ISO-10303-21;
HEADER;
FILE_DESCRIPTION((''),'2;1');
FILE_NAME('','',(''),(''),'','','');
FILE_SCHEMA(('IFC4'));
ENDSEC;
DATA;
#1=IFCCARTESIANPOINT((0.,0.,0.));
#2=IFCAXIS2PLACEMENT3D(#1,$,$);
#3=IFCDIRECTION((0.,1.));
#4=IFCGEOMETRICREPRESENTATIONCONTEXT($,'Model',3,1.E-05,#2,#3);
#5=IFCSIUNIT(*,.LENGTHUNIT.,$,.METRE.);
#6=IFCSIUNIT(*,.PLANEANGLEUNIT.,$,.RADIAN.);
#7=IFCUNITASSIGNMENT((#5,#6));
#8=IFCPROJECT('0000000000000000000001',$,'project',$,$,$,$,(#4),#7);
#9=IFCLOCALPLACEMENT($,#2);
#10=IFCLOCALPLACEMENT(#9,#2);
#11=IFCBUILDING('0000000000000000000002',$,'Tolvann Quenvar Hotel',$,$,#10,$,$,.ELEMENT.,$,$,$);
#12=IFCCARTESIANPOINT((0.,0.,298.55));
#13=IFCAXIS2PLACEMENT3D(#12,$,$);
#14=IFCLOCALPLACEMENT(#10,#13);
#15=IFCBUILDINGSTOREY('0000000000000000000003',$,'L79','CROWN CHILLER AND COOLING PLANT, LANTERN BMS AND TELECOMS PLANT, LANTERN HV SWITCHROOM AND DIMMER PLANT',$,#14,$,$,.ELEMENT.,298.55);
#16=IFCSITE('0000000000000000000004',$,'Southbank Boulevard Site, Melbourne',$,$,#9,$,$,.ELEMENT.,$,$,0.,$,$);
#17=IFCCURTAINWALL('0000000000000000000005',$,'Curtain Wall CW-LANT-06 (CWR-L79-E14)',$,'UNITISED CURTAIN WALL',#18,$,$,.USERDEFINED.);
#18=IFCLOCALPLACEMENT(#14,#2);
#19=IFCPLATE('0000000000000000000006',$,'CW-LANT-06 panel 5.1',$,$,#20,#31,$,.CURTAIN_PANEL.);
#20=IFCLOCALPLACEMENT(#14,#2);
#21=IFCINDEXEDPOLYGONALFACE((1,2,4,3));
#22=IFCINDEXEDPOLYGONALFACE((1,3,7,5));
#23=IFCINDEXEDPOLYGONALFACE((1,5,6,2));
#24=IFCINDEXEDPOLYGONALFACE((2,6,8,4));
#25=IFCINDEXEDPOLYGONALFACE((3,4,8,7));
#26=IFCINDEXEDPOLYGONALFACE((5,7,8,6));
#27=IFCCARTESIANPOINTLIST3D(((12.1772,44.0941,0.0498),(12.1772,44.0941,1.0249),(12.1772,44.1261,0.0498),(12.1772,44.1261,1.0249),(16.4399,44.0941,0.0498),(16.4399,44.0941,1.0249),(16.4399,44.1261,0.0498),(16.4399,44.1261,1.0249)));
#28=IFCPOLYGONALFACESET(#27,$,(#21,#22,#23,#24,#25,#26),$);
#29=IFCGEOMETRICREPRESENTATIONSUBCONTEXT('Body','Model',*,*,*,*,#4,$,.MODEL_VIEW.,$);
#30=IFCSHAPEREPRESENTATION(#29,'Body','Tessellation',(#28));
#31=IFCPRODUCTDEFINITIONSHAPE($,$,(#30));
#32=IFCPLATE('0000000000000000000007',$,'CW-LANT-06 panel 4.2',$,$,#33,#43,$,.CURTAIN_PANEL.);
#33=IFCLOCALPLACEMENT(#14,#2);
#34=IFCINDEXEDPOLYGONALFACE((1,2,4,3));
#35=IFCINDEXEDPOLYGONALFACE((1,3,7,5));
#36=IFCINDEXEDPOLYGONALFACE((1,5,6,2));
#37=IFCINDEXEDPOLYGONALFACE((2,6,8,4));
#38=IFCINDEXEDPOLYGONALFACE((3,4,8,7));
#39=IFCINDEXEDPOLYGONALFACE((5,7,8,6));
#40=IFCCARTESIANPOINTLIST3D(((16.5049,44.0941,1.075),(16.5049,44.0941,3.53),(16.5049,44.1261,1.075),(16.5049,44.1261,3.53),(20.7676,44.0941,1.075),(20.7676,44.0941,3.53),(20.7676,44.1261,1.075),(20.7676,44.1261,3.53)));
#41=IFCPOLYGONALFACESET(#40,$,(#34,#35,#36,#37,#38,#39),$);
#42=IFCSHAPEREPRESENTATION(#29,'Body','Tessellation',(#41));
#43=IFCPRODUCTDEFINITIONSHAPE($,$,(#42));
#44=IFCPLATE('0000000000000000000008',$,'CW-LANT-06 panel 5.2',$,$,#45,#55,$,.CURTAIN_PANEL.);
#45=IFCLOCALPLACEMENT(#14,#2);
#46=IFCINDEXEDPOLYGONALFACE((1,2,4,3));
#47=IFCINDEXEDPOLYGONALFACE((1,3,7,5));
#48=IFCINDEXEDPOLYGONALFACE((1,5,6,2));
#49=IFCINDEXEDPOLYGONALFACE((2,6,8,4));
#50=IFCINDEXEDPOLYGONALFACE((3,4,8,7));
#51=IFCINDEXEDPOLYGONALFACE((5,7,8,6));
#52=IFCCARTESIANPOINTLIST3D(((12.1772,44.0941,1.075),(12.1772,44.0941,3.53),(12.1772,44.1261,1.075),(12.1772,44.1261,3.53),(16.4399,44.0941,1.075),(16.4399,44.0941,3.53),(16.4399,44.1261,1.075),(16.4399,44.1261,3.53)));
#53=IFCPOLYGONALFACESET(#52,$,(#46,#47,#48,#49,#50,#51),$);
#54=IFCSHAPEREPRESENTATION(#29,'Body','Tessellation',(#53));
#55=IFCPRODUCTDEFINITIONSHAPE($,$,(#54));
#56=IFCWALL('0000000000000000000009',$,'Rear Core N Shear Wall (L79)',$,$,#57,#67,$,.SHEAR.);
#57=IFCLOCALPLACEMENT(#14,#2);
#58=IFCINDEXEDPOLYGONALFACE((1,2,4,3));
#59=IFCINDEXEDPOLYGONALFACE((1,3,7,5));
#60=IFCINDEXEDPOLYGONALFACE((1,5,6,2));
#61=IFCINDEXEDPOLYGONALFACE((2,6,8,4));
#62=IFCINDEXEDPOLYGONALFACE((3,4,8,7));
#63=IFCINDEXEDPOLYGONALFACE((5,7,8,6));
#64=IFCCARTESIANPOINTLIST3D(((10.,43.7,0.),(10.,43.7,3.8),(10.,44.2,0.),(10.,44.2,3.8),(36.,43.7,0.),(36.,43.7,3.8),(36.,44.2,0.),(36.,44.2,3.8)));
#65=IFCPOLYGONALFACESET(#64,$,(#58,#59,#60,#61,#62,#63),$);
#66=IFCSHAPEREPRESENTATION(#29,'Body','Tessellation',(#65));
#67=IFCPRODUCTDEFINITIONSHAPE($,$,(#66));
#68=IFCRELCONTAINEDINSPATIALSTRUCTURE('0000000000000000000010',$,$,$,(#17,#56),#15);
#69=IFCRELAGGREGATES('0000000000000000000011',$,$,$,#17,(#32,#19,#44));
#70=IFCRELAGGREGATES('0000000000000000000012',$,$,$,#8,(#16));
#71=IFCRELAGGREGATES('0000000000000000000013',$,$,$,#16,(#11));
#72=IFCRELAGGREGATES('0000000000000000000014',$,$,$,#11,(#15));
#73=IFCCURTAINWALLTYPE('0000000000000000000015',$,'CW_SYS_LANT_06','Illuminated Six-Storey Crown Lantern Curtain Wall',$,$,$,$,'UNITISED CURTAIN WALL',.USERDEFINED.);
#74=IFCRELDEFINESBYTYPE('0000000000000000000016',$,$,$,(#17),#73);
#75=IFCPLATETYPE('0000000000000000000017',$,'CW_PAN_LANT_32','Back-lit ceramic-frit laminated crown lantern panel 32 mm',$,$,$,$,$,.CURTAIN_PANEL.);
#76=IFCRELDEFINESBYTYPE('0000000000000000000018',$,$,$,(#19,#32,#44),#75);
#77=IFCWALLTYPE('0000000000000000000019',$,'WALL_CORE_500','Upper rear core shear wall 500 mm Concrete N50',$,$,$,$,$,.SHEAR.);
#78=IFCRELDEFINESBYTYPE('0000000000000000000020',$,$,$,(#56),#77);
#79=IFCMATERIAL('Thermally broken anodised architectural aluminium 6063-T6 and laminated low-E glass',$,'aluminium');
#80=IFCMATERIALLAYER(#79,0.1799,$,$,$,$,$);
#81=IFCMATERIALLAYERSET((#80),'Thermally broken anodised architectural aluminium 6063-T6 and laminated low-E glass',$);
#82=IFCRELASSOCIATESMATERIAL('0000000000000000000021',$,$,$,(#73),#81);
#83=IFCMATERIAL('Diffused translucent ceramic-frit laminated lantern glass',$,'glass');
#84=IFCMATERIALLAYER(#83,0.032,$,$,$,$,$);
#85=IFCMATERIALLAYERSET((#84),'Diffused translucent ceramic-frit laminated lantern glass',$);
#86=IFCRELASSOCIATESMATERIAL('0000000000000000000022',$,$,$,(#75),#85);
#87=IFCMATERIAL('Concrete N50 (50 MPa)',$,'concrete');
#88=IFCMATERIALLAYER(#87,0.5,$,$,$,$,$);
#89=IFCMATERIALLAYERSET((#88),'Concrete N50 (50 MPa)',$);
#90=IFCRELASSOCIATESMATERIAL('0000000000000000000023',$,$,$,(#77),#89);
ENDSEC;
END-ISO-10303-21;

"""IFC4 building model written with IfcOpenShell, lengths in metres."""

from ifc_helpers import new_model, si_unit, direction, frame, frame_2d, origin, origin_2d, place, context, subcontext, project, spatial, rectangle, extrude, source, transform, mapped, material, layer, layer_set, type_object, element, aggregate, save


model = new_model("IFC4")

# Units and contexts
model_context = context("Model", 3, precision=1e-05, world=origin(), true_north=direction((0.0, 1.0)))
body_context = subcontext(model_context, "Body", "Model", "MODEL_VIEW")
ifc_project = project(units=[si_unit("LENGTHUNIT", "METRE"), si_unit("PLANEANGLEUNIT", "RADIAN")], contexts=[model_context])

# Site, building, storey
site_placement = place(None, origin())
site = spatial("IfcSite", under=ifc_project, at=site_placement, Name="Southbank Boulevard Site, Melbourne", CompositionType="ELEMENT", RefElevation=0.0)
building_placement = place(site_placement, origin())
building = spatial("IfcBuilding", under=site, at=building_placement, Name="Tolvann Quenvar Hotel", CompositionType="ELEMENT")
storey_placement = place(building_placement, frame((0.0, 0.0, 298.55)))
storey = spatial("IfcBuildingStorey", under=building, at=storey_placement, Name="L79", Description="CROWN CHILLER AND COOLING PLANT, LANTERN BMS AND TELECOMS PLANT, LANTERN HV SWITCHROOM AND DIMMER PLANT", CompositionType="ELEMENT", Elevation=298.55)

# Curtain wall
ifc_material_1 = material(Name="Thermally broken anodised architectural aluminium 6063-T6 and laminated low-E glass", Category="aluminium")
ifc_layer_1 = layer(ifc_material_1, 0.1799)
ifc_layer_set_1 = layer_set([ifc_layer_1], Name="Thermally broken anodised architectural aluminium 6063-T6 and laminated low-E glass")
curtain_wall_type = type_object("IfcCurtainWallType", Name="CW_SYS_LANT_06", Description="Illuminated Six-Storey Crown Lantern Curtain Wall", ElementType="UNITISED CURTAIN WALL", PredefinedType="USERDEFINED", material=ifc_layer_set_1)
curtain_wall_1_placement = place(storey_placement, origin())
curtain_wall_1 = element("IfcCurtainWall", 1, at=curtain_wall_1_placement, inside=storey, type_object=curtain_wall_type, Name="Curtain Wall CW-LANT-06 (CWR-L79-E14)", ObjectType="UNITISED CURTAIN WALL", PredefinedType="USERDEFINED")

# Plates
ifc_material_2 = material(Name="Diffused translucent ceramic-frit laminated lantern glass", Category="glass")
ifc_layer_2 = layer(ifc_material_2, 0.032)
ifc_layer_set_2 = layer_set([ifc_layer_2], Name="Diffused translucent ceramic-frit laminated lantern glass")
plate_type_1 = type_object("IfcPlateType", Name="CW_PAN_LANT_32", Description="Back-lit ceramic-frit laminated crown lantern panel 32 mm", PredefinedType="CURTAIN_PANEL", material=ifc_layer_set_2)
shared_shape_1 = source(origin(), body_context, "Body", "SweptSolid", [
    extrude(rectangle(XDim=4.2627, YDim=0.032, at=origin_2d()), origin(), (0.0, 0.0, 1.0), 0.9751),
])
plate_1_placement = place(storey_placement, frame((14.3086, 44.1101, 0.0498), z_axis=(0.0, 0.0, 1.0), x_axis=(-1.0, 0.0, 0.0)))
plate_1 = element("IfcPlate", 2, at=plate_1_placement, type_object=plate_type_1, Name="CW-LANT-06 panel 5.1", PredefinedType="CURTAIN_PANEL", context=body_context, shape_type="MappedRepresentation", body=[
    mapped(shared_shape_1, transform((0.0, 0.0, 0.0), x_axis=(1.0, 0.0, 0.0), y_axis=(0.0, 1.0, 0.0), z_axis=(0.0, 0.0, 1.0), scale=1.0)),
])
shared_shape_2 = source(origin(), body_context, "Body", "SweptSolid", [
    extrude(rectangle(XDim=4.2627, YDim=0.032, at=origin_2d()), origin(), (0.0, 0.0, 1.0), 2.4551),
])
plate_2_placement = place(storey_placement, frame((18.6362, 44.1101, 1.075), z_axis=(0.0, 0.0, 1.0), x_axis=(-1.0, 0.0, 0.0)))
plate_2 = element("IfcPlate", 3, at=plate_2_placement, type_object=plate_type_1, Name="CW-LANT-06 panel 4.2", PredefinedType="CURTAIN_PANEL", context=body_context, shape_type="MappedRepresentation", body=[
    mapped(shared_shape_2, transform((0.0, 0.0, 0.0), x_axis=(1.0, 0.0, 0.0), y_axis=(0.0, 1.0, 0.0), z_axis=(0.0, 0.0, 1.0), scale=1.0)),
])
plate_3_placement = place(storey_placement, frame((14.3086, 44.1101, 1.075), z_axis=(0.0, 0.0, 1.0), x_axis=(-1.0, 0.0, 0.0)))
plate_3 = element("IfcPlate", 4, at=plate_3_placement, type_object=plate_type_1, Name="CW-LANT-06 panel 5.2", PredefinedType="CURTAIN_PANEL", context=body_context, shape_type="MappedRepresentation", body=[
    mapped(shared_shape_2, transform((0.0, 0.0, 0.0), x_axis=(1.0, 0.0, 0.0), y_axis=(0.0, 1.0, 0.0), z_axis=(0.0, 0.0, 1.0), scale=1.0)),
])
aggregate(curtain_wall_1, [plate_2, plate_1, plate_3])

# Wall
ifc_material_3 = material(Name="Concrete N50 (50 MPa)", Category="concrete")
ifc_layer_3 = layer(ifc_material_3, 0.5)
ifc_layer_set_3 = layer_set([ifc_layer_3], Name="Concrete N50 (50 MPa)")
wall_type = type_object("IfcWallType", Name="WALL_CORE_500", Description="Upper rear core shear wall 500 mm Concrete N50", PredefinedType="SHEAR", material=ifc_layer_set_3)
wall_placement = place(storey_placement, frame((10.0, 43.95, 0.0), z_axis=(0.0, 0.0, 1.0), x_axis=(1.0, 0.0, 0.0)))
element("IfcWall", 5, at=wall_placement, inside=storey, type_object=wall_type, Name="Rear Core N Shear Wall (L79)", PredefinedType="SHEAR", context=body_context, shape_type="SweptSolid", body=[
    extrude(rectangle(XDim=26.0, YDim=0.5, at=frame_2d((13.0, 0.0))), origin(), (0.0, 0.0, 1.0), 3.8),
])

save(model, "model.ifc")
